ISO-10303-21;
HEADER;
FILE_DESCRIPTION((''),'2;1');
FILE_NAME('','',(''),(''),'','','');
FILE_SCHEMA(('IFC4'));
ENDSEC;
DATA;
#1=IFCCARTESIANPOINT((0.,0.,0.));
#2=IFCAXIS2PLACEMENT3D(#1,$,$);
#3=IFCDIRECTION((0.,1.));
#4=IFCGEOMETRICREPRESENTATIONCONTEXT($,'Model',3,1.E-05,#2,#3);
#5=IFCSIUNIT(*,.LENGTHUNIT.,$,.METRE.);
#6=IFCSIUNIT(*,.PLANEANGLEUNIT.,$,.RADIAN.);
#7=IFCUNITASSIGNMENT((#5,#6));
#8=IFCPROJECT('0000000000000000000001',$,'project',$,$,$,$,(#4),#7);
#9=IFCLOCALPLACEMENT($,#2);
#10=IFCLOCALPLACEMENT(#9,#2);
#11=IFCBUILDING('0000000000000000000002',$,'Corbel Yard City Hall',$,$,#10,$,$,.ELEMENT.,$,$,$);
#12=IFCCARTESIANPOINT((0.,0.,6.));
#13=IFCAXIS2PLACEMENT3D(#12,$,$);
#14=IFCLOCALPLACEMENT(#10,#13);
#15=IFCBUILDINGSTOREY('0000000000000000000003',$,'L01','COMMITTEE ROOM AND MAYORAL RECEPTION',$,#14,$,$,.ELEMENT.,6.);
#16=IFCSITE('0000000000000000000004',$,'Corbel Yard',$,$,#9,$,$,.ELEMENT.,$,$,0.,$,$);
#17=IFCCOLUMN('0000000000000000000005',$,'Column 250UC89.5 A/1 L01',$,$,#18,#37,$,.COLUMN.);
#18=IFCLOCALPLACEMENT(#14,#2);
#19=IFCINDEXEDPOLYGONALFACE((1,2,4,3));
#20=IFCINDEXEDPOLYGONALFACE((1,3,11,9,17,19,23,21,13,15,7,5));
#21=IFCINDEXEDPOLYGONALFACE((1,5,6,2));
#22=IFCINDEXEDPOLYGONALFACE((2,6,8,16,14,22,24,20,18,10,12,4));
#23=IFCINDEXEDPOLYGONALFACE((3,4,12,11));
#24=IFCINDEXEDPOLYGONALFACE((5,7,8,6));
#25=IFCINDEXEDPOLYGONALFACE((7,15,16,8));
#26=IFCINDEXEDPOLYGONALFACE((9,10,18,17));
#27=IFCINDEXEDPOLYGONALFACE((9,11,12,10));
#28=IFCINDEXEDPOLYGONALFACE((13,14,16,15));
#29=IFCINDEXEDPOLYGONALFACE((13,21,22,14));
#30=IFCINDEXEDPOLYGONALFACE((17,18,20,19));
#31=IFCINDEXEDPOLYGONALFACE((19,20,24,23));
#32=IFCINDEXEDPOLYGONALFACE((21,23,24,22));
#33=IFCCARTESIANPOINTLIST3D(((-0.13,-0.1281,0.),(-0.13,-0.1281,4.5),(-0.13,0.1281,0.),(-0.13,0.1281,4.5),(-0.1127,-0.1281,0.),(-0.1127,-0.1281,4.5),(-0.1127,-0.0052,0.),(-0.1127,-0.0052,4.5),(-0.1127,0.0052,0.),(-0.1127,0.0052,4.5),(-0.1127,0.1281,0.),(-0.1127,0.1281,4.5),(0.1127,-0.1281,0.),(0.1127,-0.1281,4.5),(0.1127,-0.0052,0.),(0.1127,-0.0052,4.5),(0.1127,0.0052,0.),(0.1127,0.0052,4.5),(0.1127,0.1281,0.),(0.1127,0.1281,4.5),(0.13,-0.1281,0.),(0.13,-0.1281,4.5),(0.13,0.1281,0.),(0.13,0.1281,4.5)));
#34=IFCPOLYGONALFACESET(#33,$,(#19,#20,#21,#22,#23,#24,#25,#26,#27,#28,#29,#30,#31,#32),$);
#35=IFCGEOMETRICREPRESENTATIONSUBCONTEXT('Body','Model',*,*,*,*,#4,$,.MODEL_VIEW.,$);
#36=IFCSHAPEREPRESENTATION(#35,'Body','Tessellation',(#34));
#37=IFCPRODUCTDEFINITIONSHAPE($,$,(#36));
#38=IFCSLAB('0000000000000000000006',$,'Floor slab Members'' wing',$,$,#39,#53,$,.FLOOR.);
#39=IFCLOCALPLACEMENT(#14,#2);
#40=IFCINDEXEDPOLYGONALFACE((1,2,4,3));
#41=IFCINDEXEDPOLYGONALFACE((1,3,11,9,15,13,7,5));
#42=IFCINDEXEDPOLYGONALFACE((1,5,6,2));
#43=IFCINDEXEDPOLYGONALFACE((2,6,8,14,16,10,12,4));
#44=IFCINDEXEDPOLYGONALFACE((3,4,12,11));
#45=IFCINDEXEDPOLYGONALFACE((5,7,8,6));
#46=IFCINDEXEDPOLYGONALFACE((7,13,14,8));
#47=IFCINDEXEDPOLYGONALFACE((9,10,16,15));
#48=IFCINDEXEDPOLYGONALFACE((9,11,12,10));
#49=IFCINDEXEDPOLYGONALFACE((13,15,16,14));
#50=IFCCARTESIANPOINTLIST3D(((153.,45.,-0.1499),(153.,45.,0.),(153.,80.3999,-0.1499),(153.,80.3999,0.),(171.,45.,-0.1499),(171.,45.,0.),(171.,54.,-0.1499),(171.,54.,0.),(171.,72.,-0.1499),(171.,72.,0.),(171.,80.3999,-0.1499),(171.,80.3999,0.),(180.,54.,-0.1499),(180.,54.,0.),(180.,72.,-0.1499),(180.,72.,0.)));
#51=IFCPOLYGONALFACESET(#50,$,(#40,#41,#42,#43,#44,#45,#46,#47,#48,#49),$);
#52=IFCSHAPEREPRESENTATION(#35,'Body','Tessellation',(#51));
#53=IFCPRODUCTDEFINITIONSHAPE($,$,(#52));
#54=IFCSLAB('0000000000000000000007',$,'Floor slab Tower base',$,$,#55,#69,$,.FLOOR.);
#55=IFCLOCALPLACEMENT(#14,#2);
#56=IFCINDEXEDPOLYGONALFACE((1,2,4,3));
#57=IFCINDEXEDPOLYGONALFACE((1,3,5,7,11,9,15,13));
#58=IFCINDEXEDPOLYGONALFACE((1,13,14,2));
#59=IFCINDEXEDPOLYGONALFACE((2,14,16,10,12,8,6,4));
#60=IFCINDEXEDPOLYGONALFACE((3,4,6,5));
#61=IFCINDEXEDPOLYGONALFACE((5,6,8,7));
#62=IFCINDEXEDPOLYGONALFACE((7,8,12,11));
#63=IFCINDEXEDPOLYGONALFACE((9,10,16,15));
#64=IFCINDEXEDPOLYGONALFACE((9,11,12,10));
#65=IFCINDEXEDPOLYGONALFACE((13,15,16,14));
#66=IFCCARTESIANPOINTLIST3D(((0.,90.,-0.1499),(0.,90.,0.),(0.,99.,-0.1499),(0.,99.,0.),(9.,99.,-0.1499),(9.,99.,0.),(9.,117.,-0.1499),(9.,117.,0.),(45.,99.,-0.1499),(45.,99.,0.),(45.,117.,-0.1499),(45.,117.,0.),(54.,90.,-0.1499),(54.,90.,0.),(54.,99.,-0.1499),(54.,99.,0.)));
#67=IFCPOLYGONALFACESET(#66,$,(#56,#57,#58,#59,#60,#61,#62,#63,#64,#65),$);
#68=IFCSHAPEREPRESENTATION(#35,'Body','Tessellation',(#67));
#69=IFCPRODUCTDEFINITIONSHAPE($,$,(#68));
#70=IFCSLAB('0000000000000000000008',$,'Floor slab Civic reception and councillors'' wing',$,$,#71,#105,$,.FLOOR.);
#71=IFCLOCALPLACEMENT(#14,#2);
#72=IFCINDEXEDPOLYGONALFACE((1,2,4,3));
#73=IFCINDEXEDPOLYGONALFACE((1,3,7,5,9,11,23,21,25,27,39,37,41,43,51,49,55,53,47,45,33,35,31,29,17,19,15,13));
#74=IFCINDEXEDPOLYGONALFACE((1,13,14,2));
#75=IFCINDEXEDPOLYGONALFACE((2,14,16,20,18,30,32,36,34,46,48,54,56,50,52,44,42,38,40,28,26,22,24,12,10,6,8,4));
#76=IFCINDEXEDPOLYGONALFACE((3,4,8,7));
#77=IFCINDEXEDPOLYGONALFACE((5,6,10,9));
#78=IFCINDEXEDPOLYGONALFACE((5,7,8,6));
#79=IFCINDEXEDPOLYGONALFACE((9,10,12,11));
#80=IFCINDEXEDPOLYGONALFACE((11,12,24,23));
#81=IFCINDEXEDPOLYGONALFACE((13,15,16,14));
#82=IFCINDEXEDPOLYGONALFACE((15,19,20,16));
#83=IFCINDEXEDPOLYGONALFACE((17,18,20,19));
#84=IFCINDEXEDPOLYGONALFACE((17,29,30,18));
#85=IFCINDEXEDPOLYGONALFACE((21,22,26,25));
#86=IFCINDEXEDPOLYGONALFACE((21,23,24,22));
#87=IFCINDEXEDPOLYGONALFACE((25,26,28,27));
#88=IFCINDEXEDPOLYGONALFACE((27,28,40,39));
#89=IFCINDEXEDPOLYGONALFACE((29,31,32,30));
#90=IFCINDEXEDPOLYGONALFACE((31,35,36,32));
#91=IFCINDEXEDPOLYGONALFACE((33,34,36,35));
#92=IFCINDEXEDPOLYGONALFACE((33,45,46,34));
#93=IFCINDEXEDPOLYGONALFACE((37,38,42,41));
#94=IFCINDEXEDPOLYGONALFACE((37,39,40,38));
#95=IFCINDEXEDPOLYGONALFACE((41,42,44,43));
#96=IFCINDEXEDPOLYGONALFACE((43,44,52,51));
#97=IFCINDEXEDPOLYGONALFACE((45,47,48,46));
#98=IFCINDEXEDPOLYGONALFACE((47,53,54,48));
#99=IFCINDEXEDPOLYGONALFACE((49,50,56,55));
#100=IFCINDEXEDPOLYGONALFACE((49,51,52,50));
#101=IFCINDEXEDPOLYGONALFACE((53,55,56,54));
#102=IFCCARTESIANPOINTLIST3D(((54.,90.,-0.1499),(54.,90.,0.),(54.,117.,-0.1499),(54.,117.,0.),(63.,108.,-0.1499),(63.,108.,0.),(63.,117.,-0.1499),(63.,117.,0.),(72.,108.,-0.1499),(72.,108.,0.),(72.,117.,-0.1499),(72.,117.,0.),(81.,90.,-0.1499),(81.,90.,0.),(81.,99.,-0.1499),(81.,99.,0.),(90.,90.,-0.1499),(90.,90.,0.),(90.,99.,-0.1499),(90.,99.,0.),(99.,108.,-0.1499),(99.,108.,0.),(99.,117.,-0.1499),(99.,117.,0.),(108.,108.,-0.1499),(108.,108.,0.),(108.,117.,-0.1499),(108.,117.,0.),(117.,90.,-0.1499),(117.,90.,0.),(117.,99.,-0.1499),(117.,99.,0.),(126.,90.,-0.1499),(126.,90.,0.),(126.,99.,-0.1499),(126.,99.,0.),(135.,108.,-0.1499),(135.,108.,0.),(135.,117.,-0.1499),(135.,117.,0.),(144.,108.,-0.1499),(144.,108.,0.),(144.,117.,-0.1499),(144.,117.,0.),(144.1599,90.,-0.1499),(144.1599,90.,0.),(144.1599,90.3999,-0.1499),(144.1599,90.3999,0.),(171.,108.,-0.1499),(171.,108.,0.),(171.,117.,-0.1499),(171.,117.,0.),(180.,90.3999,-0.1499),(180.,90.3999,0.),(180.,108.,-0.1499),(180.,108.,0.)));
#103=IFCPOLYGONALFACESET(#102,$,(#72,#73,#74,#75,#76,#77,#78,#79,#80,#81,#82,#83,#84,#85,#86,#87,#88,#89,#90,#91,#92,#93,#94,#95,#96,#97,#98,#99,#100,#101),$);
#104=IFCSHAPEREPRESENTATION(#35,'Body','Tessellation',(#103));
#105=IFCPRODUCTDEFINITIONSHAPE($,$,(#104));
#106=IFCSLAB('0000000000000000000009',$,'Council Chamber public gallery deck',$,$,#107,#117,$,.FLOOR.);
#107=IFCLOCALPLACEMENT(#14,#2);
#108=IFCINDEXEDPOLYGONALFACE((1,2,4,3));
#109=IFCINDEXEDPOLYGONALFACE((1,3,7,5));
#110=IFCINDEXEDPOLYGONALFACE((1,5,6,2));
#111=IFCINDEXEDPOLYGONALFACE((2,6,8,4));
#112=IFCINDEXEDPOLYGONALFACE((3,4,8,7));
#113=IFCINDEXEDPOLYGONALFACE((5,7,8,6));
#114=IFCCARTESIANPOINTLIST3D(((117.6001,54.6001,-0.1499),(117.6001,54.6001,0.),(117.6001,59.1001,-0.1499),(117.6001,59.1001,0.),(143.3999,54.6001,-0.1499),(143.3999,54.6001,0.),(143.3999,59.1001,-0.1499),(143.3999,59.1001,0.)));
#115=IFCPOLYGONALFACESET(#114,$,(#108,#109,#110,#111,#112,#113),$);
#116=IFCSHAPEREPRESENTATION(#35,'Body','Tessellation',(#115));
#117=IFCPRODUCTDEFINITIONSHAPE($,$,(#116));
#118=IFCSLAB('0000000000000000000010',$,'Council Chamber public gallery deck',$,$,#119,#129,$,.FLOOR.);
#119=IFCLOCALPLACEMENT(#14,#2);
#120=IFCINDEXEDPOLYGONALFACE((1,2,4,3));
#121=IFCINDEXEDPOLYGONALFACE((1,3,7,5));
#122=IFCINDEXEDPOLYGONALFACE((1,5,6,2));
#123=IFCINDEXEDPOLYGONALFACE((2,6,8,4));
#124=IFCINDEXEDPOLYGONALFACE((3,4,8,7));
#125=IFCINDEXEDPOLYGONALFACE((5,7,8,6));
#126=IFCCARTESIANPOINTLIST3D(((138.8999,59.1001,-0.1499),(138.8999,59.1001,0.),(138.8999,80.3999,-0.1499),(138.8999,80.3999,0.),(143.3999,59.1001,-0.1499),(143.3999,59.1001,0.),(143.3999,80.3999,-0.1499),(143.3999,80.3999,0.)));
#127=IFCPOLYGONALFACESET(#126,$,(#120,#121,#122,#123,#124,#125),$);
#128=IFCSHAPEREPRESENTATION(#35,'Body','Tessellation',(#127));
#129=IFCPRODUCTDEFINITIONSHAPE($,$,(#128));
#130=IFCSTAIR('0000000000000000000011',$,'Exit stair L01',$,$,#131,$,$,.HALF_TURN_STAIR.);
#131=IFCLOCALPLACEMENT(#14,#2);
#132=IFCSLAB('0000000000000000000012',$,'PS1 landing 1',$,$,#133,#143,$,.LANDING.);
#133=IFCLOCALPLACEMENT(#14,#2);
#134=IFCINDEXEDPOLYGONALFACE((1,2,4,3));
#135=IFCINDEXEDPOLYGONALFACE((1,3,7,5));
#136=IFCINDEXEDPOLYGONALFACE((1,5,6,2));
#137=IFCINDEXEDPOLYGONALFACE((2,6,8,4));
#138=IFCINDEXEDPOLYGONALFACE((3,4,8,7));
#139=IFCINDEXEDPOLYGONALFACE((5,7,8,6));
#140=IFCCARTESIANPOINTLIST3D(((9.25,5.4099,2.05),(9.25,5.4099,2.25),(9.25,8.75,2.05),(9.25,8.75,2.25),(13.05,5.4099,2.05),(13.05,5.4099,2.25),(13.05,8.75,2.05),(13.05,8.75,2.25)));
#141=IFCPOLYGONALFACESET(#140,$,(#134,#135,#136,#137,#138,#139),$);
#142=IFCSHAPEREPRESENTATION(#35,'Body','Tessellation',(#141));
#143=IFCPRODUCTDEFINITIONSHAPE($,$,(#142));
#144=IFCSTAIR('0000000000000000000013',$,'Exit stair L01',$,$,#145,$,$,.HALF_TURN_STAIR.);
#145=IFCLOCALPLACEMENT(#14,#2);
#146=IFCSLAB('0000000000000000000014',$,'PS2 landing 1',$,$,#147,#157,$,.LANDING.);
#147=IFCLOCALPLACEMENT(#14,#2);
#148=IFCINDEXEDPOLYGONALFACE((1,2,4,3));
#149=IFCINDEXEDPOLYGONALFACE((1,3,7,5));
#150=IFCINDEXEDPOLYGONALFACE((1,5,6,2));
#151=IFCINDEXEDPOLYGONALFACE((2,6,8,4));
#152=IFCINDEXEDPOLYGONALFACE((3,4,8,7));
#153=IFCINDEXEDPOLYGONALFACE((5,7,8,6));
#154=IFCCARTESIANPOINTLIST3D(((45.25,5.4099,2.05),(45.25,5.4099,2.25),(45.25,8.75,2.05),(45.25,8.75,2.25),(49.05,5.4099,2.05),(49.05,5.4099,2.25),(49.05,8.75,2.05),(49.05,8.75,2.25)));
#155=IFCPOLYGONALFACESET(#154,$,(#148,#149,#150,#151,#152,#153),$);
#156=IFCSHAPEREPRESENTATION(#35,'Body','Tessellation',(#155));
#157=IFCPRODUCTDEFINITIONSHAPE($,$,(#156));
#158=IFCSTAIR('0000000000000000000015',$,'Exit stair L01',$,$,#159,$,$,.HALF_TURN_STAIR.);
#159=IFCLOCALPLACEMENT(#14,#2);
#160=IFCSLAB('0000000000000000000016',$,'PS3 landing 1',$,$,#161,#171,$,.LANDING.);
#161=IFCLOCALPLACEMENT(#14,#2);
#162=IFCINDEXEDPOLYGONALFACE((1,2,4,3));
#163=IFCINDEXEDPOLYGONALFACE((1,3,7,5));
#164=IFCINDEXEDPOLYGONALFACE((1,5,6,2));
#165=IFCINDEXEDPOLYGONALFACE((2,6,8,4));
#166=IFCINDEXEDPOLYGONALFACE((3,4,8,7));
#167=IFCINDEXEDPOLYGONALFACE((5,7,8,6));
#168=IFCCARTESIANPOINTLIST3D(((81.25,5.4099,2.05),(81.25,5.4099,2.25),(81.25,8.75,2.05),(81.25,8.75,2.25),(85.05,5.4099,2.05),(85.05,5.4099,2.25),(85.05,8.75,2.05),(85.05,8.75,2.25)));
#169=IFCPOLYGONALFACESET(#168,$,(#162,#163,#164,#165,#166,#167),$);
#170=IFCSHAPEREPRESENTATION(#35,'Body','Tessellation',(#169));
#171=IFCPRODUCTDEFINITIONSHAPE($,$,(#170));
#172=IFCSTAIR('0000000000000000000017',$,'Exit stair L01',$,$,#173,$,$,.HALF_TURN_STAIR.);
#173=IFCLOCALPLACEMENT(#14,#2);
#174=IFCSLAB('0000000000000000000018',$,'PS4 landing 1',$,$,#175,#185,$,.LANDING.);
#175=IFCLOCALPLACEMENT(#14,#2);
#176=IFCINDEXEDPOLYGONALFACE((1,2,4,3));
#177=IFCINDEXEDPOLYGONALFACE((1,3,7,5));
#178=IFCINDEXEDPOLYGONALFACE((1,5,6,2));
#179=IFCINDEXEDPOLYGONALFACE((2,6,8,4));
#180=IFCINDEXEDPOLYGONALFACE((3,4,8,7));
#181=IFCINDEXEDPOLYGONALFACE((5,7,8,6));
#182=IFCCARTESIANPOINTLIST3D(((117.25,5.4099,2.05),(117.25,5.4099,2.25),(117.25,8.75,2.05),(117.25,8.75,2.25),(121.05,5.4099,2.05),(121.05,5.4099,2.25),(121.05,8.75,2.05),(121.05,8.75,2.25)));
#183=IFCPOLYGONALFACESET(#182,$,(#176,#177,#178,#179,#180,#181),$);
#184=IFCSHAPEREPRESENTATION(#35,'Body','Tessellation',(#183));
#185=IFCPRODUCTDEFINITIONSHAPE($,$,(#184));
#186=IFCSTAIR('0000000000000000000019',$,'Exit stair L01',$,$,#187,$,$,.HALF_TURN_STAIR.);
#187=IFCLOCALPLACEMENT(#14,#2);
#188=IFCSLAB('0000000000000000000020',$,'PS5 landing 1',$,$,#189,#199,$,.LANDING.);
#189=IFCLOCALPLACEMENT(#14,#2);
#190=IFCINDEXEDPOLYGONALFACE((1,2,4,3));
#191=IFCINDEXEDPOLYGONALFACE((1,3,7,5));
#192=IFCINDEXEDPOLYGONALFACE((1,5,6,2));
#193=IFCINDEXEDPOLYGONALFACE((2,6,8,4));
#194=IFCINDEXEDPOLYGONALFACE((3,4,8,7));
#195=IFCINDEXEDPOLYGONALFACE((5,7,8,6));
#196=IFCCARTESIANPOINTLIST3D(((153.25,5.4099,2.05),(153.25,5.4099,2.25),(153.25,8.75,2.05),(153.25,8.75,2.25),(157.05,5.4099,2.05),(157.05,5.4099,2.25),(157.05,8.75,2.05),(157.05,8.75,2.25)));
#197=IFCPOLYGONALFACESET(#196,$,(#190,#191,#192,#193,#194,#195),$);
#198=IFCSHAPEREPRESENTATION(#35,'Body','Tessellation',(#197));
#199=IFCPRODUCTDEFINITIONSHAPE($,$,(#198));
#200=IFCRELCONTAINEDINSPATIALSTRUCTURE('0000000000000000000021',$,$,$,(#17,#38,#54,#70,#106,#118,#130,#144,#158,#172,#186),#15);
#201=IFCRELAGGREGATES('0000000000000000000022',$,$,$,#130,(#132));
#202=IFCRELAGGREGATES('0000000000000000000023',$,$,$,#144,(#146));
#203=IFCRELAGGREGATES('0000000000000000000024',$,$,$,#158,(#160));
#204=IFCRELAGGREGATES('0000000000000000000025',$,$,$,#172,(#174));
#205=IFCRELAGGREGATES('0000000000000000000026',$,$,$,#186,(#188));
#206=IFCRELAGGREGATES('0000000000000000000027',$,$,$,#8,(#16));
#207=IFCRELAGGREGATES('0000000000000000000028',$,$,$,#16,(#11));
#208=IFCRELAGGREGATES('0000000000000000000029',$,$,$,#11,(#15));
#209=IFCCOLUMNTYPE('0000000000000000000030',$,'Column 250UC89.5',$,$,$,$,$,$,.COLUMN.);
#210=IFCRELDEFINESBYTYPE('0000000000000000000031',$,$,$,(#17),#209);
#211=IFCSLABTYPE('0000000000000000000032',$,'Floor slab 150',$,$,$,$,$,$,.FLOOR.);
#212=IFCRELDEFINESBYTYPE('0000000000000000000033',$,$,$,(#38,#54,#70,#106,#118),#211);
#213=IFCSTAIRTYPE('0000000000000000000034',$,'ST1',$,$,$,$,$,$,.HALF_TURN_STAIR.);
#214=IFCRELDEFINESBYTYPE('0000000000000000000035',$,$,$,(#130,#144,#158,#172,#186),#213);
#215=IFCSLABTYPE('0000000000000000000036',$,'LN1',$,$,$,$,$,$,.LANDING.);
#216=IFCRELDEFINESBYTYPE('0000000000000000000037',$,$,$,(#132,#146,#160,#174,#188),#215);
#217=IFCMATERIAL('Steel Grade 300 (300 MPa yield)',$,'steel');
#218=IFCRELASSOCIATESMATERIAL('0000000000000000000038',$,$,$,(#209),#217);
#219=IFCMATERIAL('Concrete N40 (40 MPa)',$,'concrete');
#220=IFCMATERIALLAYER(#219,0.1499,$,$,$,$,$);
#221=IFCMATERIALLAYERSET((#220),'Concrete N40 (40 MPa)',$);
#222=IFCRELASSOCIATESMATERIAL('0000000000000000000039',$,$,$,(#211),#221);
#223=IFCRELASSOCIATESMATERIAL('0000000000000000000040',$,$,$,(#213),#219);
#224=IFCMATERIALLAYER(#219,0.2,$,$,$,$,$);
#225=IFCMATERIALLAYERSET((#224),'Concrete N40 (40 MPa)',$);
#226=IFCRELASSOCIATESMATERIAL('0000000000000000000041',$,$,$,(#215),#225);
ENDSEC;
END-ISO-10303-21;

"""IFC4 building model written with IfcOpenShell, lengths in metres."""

from ifc_helpers import new_model, si_unit, direction, frame, origin, origin_2d, place, context, subcontext, project, spatial, polyline, i_section, outline, extrude, material, layer, layer_set, material_profile, profile_set, type_object, element, aggregate, save


model = new_model("IFC4")

# Units and contexts
model_context = context("Model", 3, precision=1e-05, world=origin(), true_north=direction((0.0, 1.0)))
body_context = subcontext(model_context, "Body", "Model", "MODEL_VIEW")
ifc_project = project(units=[si_unit("LENGTHUNIT", "METRE"), si_unit("PLANEANGLEUNIT", "RADIAN")], contexts=[model_context])

# Site, building, storey
site_placement = place(None, origin())
site = spatial("IfcSite", under=ifc_project, at=site_placement, Name="Corbel Yard", CompositionType="ELEMENT", RefElevation=0.0)
building_placement = place(site_placement, origin())
building = spatial("IfcBuilding", under=site, at=building_placement, Name="Corbel Yard City Hall", CompositionType="ELEMENT")
storey_placement = place(building_placement, frame((0.0, 0.0, 6.0)))
storey = spatial("IfcBuildingStorey", under=building, at=storey_placement, Name="L01", Description="COMMITTEE ROOM AND MAYORAL RECEPTION", CompositionType="ELEMENT", Elevation=6.0)

# Column
ifc_material_1 = material(Name="Steel Grade 300 (300 MPa yield)", Category="steel")
ifc_material_profile = material_profile(ifc_material_1, i_section(OverallWidth=0.2561, OverallDepth=0.26, WebThickness=0.0105, FlangeThickness=0.0173, at=origin_2d()), Name="250UC89.5")
ifc_profile_set = profile_set([ifc_material_profile], Name="Steel Grade 300 (300 MPa yield)")
column_type = type_object("IfcColumnType", Name="Column 250UC89.5", PredefinedType="COLUMN", material=ifc_profile_set)
column_placement = place(storey_placement, frame((0.0, 0.0, 0.0), z_axis=(0.0, 0.0, 1.0), x_axis=(0.0, 1.0, 0.0)))
element("IfcColumn", 1, at=column_placement, inside=storey, type_object=column_type, Name="Column 250UC89.5 A/1 L01", PredefinedType="COLUMN", context=body_context, shape_type="SweptSolid", body=[
    extrude(i_section(OverallWidth=0.2561, OverallDepth=0.26, WebThickness=0.0105, FlangeThickness=0.0173, at=origin_2d()), origin(), (0.0, 0.0, 1.0), 4.5),
])

# Slabs
ifc_material_2 = material(Name="Concrete N40 (40 MPa)", Category="concrete")
ifc_layer_1 = layer(ifc_material_2, 0.1499)
ifc_layer_set_1 = layer_set([ifc_layer_1], Name="Concrete N40 (40 MPa)")
slab_type_1 = type_object("IfcSlabType", Name="Floor slab 150", PredefinedType="FLOOR", material=ifc_layer_set_1)
slab_1_placement = place(storey_placement, frame((0.0, 0.0, -0.1499)))
element("IfcSlab", 2, at=slab_1_placement, inside=storey, type_object=slab_type_1, Name="Floor slab Members' wing", PredefinedType="FLOOR", context=body_context, shape_type="SweptSolid", body=[
    extrude(outline(polyline([(180.0, 54.0), (180.0, 72.0), (171.0, 72.0), (171.0, 80.3999), (153.0, 80.3999), (153.0, 45.0), (171.0, 45.0), (171.0, 54.0), (180.0, 54.0)])), origin(), (0.0, 0.0, 1.0), 0.1499),
])
slab_2_placement = place(storey_placement, frame((0.0, 0.0, -0.1499)))
element("IfcSlab", 3, at=slab_2_placement, inside=storey, type_object=slab_type_1, Name="Floor slab Tower base", PredefinedType="FLOOR", context=body_context, shape_type="SweptSolid", body=[
    extrude(outline(polyline([(54.0, 90.0), (54.0, 99.0), (45.0, 99.0), (45.0, 117.0), (9.0, 117.0), (9.0, 99.0), (0.0, 99.0), (0.0, 90.0), (54.0, 90.0)])), origin(), (0.0, 0.0, 1.0), 0.1499),
])
slab_3_placement = place(storey_placement, frame((0.0, 0.0, -0.1499)))
element("IfcSlab", 4, at=slab_3_placement, inside=storey, type_object=slab_type_1, Name="Floor slab Civic reception and councillors' wing", PredefinedType="FLOOR", context=body_context, shape_type="SweptSolid", body=[
    extrude(outline(polyline([(108.0, 117.0), (108.0, 108.0), (99.0, 108.0), (99.0, 117.0), (72.0, 117.0), (72.0, 108.0), (63.0, 108.0), (63.0, 117.0), (54.0, 117.0), (54.0, 90.0), (81.0, 90.0), (81.0, 99.0), (90.0, 99.0), (90.0, 90.0), (117.0, 90.0), (117.0, 99.0), (126.0, 99.0), (126.0, 90.0), (144.1599, 90.0), (144.1599, 90.3999), (180.0, 90.3999), (180.0, 108.0), (171.0, 108.0), (171.0, 117.0), (144.0, 117.0), (144.0, 108.0), (135.0, 108.0), (135.0, 117.0), (108.0, 117.0)])), origin(), (0.0, 0.0, 1.0), 0.1499),
])
slab_4_placement = place(storey_placement, frame((0.0, 0.0, -0.1499)))
element("IfcSlab", 5, at=slab_4_placement, inside=storey, type_object=slab_type_1, Name="Council Chamber public gallery deck", PredefinedType="FLOOR", context=body_context, shape_type="SweptSolid", body=[
    extrude(outline(polyline([(143.3999, 54.6001), (143.3999, 59.1001), (117.6001, 59.1001), (117.6001, 54.6001), (143.3999, 54.6001)])), origin(), (0.0, 0.0, 1.0), 0.1499),
])
slab_5_placement = place(storey_placement, frame((0.0, 0.0, -0.1499)))
element("IfcSlab", 6, at=slab_5_placement, inside=storey, type_object=slab_type_1, Name="Council Chamber public gallery deck", PredefinedType="FLOOR", context=body_context, shape_type="SweptSolid", body=[
    extrude(outline(polyline([(143.3999, 59.1001), (143.3999, 80.3999), (138.8999, 80.3999), (138.8999, 59.1001), (143.3999, 59.1001)])), origin(), (0.0, 0.0, 1.0), 0.1499),
])

# Stairs, slabs
stair_type_1 = type_object("IfcStairType", Name="ST1", PredefinedType="HALF_TURN_STAIR", material=ifc_material_2)
stair_1_placement = place(storey_placement, origin())
stair_1 = element("IfcStair", 7, at=stair_1_placement, inside=storey, type_object=stair_type_1, Name="Exit stair L01", PredefinedType="HALF_TURN_STAIR")
ifc_layer_2 = layer(ifc_material_2, 0.2)
ifc_layer_set_2 = layer_set([ifc_layer_2], Name="Concrete N40 (40 MPa)")
slab_type_2 = type_object("IfcSlabType", Name="LN1", PredefinedType="LANDING", material=ifc_layer_set_2)
slab_6_placement = place(storey_placement, frame((0.0, 0.0, 2.05)))
slab_6 = element("IfcSlab", 8, at=slab_6_placement, type_object=slab_type_2, Name="PS1 landing 1", PredefinedType="LANDING", context=body_context, shape_type="SweptSolid", body=[
    extrude(outline(polyline([(9.25, 5.4099), (13.05, 5.4099), (13.05, 8.75), (9.25, 8.75), (9.25, 5.4099)])), origin(), (0.0, 0.0, 1.0), 0.2),
])
aggregate(stair_1, [slab_6])
stair_2_placement = place(storey_placement, origin())
stair_2 = element("IfcStair", 9, at=stair_2_placement, inside=storey, type_object=stair_type_1, Name="Exit stair L01", PredefinedType="HALF_TURN_STAIR")
slab_7_placement = place(storey_placement, frame((0.0, 0.0, 2.05)))
slab_7 = element("IfcSlab", 10, at=slab_7_placement, type_object=slab_type_2, Name="PS2 landing 1", PredefinedType="LANDING", context=body_context, shape_type="SweptSolid", body=[
    extrude(outline(polyline([(45.25, 5.4099), (49.05, 5.4099), (49.05, 8.75), (45.25, 8.75), (45.25, 5.4099)])), origin(), (0.0, 0.0, 1.0), 0.2),
])
aggregate(stair_2, [slab_7])
stair_3_placement = place(storey_placement, origin())
stair_3 = element("IfcStair", 11, at=stair_3_placement, inside=storey, type_object=stair_type_1, Name="Exit stair L01", PredefinedType="HALF_TURN_STAIR")
slab_8_placement = place(storey_placement, frame((0.0, 0.0, 2.05)))
slab_8 = element("IfcSlab", 12, at=slab_8_placement, type_object=slab_type_2, Name="PS3 landing 1", PredefinedType="LANDING", context=body_context, shape_type="SweptSolid", body=[
    extrude(outline(polyline([(81.25, 5.4099), (85.05, 5.4099), (85.05, 8.75), (81.25, 8.75), (81.25, 5.4099)])), origin(), (0.0, 0.0, 1.0), 0.2),
])
aggregate(stair_3, [slab_8])
stair_4_placement = place(storey_placement, origin())
stair_4 = element("IfcStair", 13, at=stair_4_placement, inside=storey, type_object=stair_type_1, Name="Exit stair L01", PredefinedType="HALF_TURN_STAIR")
slab_9_placement = place(storey_placement, frame((0.0, 0.0, 2.05)))
slab_9 = element("IfcSlab", 14, at=slab_9_placement, type_object=slab_type_2, Name="PS4 landing 1", PredefinedType="LANDING", context=body_context, shape_type="SweptSolid", body=[
    extrude(outline(polyline([(117.25, 5.4099), (121.05, 5.4099), (121.05, 8.75), (117.25, 8.75), (117.25, 5.4099)])), origin(), (0.0, 0.0, 1.0), 0.2),
])
aggregate(stair_4, [slab_9])
stair_5_placement = place(storey_placement, origin())
stair_5 = element("IfcStair", 15, at=stair_5_placement, inside=storey, type_object=stair_type_1, Name="Exit stair L01", PredefinedType="HALF_TURN_STAIR")
slab_10_placement = place(storey_placement, frame((0.0, 0.0, 2.05)))
slab_10 = element("IfcSlab", 16, at=slab_10_placement, type_object=slab_type_2, Name="PS5 landing 1", PredefinedType="LANDING", context=body_context, shape_type="SweptSolid", body=[
    extrude(outline(polyline([(153.25, 5.4099), (157.05, 5.4099), (157.05, 8.75), (153.25, 8.75), (153.25, 5.4099)])), origin(), (0.0, 0.0, 1.0), 0.2),
])
aggregate(stair_5, [slab_10])

save(model, "model.ifc")
